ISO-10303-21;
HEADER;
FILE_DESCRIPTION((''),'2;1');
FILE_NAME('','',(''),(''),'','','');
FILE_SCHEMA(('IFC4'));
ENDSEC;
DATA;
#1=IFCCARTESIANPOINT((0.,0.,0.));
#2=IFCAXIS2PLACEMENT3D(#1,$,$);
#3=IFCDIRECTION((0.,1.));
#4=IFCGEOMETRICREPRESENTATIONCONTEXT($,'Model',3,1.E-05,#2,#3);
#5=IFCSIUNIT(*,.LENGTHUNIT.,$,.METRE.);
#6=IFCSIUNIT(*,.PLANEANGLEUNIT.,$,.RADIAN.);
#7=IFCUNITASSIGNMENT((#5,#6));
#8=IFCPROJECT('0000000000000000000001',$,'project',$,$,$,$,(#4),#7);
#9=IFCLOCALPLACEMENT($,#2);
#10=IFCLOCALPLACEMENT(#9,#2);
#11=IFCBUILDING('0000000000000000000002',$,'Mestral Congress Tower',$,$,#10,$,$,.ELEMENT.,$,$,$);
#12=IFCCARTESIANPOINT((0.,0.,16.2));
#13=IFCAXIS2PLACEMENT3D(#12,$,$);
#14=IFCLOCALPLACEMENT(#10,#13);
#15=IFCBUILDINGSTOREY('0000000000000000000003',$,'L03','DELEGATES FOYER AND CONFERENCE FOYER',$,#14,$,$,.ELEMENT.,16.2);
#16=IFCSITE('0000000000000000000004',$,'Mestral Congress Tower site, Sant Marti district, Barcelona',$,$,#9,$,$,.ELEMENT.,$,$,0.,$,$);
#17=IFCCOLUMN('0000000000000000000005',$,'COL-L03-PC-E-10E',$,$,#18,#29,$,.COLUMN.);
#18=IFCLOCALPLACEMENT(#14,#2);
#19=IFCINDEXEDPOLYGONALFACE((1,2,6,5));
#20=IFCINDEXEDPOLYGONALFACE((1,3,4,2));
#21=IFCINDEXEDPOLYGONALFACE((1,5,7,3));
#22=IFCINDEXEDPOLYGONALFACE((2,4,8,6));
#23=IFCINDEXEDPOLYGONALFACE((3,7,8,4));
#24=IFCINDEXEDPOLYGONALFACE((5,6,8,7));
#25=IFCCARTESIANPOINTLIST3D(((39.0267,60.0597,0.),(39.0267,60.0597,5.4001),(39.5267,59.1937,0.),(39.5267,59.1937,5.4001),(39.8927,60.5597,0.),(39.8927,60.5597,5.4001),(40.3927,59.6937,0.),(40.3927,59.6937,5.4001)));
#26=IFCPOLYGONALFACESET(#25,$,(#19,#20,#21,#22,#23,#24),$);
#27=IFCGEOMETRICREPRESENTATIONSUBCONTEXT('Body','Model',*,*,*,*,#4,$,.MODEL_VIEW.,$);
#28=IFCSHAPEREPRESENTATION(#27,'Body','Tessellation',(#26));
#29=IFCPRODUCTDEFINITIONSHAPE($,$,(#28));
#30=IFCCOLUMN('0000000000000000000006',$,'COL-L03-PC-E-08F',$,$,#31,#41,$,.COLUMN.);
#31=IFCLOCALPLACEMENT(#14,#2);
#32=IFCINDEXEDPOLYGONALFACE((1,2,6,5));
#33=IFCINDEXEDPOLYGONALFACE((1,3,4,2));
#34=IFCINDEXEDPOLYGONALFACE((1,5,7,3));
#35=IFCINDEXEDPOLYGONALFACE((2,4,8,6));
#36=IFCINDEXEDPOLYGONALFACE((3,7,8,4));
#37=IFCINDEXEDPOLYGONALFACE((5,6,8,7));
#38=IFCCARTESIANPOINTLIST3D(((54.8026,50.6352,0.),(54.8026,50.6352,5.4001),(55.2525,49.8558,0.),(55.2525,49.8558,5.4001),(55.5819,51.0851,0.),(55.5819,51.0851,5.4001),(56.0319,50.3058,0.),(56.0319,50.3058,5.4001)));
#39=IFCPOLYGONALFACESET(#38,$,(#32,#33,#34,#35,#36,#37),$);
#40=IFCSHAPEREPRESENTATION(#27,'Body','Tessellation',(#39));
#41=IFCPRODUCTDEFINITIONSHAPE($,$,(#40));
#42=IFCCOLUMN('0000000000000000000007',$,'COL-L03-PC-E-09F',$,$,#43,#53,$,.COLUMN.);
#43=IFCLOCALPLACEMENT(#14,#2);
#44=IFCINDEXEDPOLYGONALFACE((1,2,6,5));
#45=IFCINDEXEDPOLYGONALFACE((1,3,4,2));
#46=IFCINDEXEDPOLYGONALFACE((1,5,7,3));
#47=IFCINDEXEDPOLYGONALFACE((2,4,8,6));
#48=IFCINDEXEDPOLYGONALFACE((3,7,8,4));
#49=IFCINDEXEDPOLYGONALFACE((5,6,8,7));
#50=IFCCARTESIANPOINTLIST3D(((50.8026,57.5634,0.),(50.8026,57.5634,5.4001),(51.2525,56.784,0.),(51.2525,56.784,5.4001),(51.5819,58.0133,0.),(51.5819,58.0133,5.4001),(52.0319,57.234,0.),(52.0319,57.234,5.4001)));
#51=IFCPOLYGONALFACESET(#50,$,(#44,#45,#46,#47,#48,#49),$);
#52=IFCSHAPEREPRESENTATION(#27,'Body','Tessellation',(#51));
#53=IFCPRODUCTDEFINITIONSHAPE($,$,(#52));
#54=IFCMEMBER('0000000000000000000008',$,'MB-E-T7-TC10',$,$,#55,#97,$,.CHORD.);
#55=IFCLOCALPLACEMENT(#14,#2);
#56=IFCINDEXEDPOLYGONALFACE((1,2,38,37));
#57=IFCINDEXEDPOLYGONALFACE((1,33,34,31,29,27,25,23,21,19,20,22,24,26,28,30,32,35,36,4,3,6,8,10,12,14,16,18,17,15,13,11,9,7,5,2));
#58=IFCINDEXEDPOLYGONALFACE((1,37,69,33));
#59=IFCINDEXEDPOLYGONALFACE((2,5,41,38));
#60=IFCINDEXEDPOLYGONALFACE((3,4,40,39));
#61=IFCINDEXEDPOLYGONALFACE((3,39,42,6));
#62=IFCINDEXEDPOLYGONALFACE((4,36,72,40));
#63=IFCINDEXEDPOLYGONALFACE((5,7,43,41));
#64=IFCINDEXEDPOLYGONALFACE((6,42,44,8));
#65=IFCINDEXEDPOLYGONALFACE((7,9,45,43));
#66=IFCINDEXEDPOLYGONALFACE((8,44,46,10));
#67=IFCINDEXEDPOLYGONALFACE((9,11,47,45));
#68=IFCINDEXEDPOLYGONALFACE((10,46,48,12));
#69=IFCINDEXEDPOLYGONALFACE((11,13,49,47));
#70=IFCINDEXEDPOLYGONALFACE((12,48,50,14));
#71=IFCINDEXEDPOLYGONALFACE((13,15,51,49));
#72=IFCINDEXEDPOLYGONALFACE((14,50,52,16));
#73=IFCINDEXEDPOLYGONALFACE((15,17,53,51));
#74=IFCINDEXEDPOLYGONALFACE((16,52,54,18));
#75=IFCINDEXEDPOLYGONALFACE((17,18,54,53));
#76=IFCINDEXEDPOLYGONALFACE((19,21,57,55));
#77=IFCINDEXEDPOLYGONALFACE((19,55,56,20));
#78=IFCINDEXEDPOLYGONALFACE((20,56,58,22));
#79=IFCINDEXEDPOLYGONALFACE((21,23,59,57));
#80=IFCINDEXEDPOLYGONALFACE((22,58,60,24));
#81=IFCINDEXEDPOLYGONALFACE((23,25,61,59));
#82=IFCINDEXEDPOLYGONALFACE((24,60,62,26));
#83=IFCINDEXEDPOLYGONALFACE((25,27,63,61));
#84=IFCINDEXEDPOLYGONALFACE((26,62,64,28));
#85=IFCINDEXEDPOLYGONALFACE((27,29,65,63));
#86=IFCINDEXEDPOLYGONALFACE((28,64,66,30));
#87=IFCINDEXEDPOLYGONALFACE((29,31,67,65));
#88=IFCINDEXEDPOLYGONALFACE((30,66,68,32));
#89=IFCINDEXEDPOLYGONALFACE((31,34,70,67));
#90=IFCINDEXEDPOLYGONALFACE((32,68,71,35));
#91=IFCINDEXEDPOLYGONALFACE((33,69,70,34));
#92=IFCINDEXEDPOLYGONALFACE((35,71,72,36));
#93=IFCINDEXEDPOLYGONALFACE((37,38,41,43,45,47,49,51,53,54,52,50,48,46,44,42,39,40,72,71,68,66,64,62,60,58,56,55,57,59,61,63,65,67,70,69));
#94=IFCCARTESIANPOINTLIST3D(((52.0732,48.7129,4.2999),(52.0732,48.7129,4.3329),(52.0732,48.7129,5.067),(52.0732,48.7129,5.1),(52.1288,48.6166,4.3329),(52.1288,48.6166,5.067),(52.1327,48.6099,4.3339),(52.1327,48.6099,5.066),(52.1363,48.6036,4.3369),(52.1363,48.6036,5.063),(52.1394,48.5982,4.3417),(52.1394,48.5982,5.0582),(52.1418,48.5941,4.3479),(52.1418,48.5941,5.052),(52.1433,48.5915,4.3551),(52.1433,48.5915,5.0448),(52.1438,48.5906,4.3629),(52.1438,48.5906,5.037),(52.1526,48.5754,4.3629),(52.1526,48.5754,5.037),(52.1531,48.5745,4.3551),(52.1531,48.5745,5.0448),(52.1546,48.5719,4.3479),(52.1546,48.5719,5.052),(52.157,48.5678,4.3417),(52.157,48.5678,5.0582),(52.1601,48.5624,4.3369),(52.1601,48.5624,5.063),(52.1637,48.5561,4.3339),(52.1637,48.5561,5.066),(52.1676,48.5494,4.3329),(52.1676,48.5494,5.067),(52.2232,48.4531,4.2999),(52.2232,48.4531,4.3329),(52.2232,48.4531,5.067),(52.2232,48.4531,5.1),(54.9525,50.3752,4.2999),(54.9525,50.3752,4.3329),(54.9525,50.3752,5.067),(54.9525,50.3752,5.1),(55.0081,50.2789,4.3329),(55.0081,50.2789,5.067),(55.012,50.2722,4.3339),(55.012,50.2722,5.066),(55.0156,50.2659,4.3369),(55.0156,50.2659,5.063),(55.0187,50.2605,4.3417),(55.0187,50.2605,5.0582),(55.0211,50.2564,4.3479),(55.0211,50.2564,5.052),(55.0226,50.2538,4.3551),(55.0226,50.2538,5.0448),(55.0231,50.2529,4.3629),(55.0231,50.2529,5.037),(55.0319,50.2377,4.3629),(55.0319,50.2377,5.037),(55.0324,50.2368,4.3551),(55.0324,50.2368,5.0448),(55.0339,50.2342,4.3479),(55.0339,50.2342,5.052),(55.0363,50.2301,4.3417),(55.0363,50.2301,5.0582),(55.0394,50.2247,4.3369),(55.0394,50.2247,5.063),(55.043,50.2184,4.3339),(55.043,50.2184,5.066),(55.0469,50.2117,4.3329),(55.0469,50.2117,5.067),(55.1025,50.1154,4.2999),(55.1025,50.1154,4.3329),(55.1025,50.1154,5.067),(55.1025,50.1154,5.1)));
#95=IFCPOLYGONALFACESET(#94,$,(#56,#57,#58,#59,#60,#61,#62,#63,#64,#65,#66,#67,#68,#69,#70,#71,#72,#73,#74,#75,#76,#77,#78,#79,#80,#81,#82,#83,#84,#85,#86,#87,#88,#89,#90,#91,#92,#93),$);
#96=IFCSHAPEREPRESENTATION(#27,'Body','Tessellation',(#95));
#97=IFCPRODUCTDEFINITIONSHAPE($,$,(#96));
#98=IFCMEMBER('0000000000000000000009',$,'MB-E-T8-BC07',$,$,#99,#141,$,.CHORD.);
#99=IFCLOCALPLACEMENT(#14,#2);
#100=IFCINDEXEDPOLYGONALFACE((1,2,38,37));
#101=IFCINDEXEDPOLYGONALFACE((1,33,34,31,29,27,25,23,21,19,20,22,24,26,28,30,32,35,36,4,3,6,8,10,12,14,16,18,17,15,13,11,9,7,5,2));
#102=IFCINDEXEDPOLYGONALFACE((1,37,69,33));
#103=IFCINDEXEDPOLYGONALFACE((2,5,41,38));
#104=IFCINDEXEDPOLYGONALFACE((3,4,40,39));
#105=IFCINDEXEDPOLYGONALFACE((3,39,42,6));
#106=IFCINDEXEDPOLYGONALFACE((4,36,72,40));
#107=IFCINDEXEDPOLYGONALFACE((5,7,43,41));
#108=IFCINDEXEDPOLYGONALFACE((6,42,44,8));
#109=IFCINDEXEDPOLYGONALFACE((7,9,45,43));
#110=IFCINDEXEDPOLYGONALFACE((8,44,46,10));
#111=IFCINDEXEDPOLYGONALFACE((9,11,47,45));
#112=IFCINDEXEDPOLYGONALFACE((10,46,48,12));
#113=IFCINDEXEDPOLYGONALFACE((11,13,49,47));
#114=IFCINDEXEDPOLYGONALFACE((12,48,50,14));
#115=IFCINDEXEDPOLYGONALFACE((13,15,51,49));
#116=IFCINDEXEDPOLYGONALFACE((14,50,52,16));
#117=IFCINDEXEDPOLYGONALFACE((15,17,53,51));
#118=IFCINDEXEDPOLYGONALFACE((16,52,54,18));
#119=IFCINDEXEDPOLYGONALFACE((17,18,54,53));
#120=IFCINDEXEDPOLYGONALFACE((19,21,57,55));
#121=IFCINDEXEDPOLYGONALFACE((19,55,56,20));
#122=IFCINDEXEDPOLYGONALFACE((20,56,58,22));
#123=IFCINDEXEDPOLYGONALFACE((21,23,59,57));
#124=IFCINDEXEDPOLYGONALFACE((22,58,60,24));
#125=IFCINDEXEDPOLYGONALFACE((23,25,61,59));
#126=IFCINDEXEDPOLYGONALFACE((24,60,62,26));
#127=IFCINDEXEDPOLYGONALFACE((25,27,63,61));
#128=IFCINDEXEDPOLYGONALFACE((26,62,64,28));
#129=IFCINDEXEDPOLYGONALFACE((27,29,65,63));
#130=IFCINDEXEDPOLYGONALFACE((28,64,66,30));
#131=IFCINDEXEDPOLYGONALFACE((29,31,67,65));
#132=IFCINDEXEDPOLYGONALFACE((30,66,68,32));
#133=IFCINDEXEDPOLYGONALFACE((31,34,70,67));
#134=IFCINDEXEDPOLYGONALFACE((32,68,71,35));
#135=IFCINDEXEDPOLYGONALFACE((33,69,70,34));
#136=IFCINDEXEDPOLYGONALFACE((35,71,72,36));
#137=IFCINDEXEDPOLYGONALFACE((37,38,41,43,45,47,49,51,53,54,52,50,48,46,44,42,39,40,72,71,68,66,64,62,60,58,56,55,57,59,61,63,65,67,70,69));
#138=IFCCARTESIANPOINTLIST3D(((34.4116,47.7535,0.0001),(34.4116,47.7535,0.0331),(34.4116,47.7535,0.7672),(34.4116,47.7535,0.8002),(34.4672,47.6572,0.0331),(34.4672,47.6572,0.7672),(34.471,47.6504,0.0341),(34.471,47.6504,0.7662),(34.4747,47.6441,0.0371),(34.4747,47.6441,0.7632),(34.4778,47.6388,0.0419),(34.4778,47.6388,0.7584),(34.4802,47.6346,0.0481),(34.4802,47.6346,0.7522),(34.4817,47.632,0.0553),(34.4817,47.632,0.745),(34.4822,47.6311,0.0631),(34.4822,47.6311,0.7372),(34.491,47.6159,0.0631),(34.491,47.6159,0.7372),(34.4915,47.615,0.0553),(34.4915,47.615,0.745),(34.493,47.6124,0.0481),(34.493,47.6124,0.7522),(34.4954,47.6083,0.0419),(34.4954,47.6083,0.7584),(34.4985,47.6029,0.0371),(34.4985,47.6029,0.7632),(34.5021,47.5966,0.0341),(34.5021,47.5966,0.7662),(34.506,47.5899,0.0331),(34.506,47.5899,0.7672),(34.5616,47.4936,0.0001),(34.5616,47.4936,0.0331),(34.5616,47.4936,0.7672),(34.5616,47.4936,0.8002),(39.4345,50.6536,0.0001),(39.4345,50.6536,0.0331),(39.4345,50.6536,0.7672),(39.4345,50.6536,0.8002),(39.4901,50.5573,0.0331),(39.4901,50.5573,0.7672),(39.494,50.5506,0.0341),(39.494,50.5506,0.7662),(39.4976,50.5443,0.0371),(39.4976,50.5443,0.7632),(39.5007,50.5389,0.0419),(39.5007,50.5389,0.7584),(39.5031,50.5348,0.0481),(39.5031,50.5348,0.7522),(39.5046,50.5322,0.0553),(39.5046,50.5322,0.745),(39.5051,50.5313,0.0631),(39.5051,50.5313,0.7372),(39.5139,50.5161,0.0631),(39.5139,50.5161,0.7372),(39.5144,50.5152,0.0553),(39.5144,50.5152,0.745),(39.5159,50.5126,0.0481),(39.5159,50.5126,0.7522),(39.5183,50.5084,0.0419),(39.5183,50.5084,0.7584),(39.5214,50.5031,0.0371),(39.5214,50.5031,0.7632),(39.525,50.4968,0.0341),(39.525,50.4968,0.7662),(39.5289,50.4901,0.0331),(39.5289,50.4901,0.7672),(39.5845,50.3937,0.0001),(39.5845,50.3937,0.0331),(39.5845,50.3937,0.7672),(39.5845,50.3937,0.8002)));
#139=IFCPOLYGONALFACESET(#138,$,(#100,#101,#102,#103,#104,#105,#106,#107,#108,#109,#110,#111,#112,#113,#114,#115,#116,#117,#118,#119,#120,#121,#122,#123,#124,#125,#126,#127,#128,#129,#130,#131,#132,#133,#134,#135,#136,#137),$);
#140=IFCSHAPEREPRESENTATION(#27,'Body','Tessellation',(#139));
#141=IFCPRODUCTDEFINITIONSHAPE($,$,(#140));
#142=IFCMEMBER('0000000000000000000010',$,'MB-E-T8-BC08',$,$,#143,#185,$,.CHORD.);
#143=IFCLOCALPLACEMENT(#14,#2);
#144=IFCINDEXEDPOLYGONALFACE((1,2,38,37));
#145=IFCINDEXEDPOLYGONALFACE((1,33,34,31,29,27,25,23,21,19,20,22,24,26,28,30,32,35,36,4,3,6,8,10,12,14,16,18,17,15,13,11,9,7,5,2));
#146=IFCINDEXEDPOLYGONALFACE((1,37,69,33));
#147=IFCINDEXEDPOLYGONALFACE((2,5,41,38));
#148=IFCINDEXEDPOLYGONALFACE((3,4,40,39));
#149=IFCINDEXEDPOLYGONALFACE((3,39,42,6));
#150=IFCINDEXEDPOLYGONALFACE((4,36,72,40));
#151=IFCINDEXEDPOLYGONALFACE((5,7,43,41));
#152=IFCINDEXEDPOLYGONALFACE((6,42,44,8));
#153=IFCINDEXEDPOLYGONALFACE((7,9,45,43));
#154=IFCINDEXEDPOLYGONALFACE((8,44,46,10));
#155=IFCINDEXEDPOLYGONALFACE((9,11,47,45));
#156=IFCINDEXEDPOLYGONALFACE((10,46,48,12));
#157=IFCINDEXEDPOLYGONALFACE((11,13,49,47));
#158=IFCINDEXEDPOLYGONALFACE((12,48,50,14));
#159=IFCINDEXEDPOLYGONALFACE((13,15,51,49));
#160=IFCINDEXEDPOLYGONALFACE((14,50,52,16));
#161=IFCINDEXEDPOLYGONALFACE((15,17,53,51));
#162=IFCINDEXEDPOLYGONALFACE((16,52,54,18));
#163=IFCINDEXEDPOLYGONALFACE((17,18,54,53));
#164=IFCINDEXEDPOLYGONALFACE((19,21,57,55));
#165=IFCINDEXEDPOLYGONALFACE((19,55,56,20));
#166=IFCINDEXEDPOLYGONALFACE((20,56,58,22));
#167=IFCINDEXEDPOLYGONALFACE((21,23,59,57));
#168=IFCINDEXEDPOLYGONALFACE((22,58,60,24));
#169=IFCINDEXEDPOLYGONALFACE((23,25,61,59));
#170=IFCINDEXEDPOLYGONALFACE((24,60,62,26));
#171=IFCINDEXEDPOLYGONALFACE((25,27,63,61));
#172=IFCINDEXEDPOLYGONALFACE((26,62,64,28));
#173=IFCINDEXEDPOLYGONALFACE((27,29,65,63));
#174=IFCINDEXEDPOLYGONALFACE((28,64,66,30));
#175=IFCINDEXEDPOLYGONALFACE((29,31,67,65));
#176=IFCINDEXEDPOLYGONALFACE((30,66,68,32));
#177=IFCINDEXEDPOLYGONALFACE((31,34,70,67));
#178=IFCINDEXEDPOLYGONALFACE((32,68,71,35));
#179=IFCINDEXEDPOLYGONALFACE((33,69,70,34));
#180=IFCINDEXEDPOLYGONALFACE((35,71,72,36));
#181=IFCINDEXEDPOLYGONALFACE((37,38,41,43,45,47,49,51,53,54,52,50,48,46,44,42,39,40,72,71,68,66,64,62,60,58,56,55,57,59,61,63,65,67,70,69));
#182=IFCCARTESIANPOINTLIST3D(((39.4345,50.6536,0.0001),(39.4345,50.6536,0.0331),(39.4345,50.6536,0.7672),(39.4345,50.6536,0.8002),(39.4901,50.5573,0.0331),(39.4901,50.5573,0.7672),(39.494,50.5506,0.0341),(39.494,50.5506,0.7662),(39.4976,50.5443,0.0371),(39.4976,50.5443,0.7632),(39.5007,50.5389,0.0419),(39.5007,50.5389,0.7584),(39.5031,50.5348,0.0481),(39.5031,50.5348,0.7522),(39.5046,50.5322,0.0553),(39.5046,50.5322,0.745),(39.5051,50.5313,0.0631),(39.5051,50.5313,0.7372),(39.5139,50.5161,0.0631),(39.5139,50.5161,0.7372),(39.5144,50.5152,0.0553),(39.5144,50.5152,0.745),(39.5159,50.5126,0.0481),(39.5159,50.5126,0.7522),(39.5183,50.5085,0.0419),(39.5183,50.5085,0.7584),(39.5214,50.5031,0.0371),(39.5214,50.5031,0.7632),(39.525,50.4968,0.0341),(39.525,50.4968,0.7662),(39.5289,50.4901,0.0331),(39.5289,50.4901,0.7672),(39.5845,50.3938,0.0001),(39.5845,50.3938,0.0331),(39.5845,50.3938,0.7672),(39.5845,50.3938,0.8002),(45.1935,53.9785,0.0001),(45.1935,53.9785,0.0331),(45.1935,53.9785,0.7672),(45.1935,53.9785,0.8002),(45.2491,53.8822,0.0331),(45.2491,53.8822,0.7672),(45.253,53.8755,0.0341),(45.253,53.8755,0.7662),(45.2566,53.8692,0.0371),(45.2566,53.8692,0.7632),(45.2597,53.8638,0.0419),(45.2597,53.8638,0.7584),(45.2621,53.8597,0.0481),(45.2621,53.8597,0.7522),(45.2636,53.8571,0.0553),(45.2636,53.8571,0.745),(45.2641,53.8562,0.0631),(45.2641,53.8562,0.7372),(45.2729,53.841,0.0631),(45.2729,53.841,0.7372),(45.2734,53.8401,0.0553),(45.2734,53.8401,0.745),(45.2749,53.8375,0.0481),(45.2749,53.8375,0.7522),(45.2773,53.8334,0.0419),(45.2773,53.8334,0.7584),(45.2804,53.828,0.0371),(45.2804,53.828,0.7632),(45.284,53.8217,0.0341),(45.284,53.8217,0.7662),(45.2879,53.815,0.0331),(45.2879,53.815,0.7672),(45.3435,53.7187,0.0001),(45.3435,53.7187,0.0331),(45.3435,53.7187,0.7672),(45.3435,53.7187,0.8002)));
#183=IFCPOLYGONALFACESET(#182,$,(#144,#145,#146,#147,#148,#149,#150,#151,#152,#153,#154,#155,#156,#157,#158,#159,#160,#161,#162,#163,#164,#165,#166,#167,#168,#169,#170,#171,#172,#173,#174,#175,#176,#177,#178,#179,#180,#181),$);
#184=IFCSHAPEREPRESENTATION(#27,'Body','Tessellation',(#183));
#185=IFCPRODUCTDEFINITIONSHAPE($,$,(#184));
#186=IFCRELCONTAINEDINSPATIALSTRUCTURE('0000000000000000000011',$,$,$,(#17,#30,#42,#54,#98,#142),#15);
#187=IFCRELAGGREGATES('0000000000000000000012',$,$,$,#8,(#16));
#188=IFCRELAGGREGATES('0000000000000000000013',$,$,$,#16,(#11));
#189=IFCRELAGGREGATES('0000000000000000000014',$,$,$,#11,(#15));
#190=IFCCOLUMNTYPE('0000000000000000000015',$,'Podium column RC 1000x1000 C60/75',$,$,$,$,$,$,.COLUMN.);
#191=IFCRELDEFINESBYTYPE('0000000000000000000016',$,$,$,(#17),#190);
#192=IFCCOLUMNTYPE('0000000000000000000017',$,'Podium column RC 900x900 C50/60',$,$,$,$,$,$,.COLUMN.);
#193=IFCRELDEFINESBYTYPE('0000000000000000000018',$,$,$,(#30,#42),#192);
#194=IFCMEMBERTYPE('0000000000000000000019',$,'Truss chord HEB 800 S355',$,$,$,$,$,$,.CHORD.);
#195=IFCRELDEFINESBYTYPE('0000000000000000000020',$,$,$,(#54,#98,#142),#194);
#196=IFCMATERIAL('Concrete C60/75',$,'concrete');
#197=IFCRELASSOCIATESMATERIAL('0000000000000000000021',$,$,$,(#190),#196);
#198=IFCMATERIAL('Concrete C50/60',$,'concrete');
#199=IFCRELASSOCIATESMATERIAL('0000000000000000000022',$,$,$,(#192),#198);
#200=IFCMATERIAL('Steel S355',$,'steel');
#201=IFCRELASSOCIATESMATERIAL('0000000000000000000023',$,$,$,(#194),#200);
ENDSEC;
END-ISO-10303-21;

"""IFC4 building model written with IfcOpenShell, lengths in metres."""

from ifc_helpers import new_model, si_unit, direction, frame, origin, origin_2d, place, context, subcontext, project, spatial, rectangle, i_section, extrude, material, material_profile, profile_set, type_object, element, save


model = new_model("IFC4")

# Units and contexts
model_context = context("Model", 3, precision=1e-05, world=origin(), true_north=direction((0.0, 1.0)))
body_context = subcontext(model_context, "Body", "Model", "MODEL_VIEW")
ifc_project = project(units=[si_unit("LENGTHUNIT", "METRE"), si_unit("PLANEANGLEUNIT", "RADIAN")], contexts=[model_context])

# Site, building, storey
site_placement = place(None, origin())
site = spatial("IfcSite", under=ifc_project, at=site_placement, Name="Mestral Congress Tower site, Sant Marti district, Barcelona", CompositionType="ELEMENT", RefElevation=0.0)
building_placement = place(site_placement, origin())
building = spatial("IfcBuilding", under=site, at=building_placement, Name="Mestral Congress Tower", CompositionType="ELEMENT")
storey_placement = place(building_placement, frame((0.0, 0.0, 16.2)))
storey = spatial("IfcBuildingStorey", under=building, at=storey_placement, Name="L03", Description="DELEGATES FOYER AND CONFERENCE FOYER", CompositionType="ELEMENT", Elevation=16.2)

# Columns
ifc_material_1 = material(Name="Concrete C60/75", Category="concrete")
ifc_material_profile_1 = material_profile(ifc_material_1, rectangle(XDim=1.0, YDim=1.0, at=origin_2d()), Name="RC 1000x1000")
ifc_profile_set_1 = profile_set([ifc_material_profile_1], Name="Concrete C60/75")
column_type_1 = type_object("IfcColumnType", Name="Podium column RC 1000x1000 C60/75", PredefinedType="COLUMN", material=ifc_profile_set_1)
column_placement = place(storey_placement, frame((39.7097, 59.8767, 0.0), z_axis=(0.0, 0.0, 1.0), x_axis=(-0.5, 0.866025, 0.0)))
element("IfcColumn", 1, at=column_placement, inside=storey, type_object=column_type_1, Name="COL-L03-PC-E-10E", PredefinedType="COLUMN", context=body_context, shape_type="SweptSolid", body=[
    extrude(rectangle(XDim=1.0, YDim=1.0, at=origin_2d()), origin(), (0.0, 0.0, 1.0), 5.4001),
])
ifc_material_2 = material(Name="Concrete C50/60", Category="concrete")
ifc_material_profile_2 = material_profile(ifc_material_2, rectangle(XDim=0.8999, YDim=0.8999, at=origin_2d()), Name="RC 900x900")
ifc_profile_set_2 = profile_set([ifc_material_profile_2], Name="Concrete C50/60")
column_type_2 = type_object("IfcColumnType", Name="Podium column RC 900x900 C50/60", PredefinedType="COLUMN", material=ifc_profile_set_2)
for number, where, z_axis, x_axis, name in (
    (2, (55.4172, 50.4705, 0.0), (0.0, 0.0, 1.0), (-0.5, 0.866025, 0.0), "COL-L03-PC-E-08F"),
    (3, (51.4172, 57.3987, 0.0), (0.0, 0.0, 1.0), (-0.5, 0.866025, 0.0), "COL-L03-PC-E-09F"),
):
    element("IfcColumn", number, at=place(storey_placement, frame(where, z_axis=z_axis, x_axis=x_axis)), inside=storey, type_object=column_type_2, Name=name, PredefinedType="COLUMN", context=body_context, shape_type="SweptSolid", body=[
        extrude(rectangle(XDim=0.8999, YDim=0.8999, at=origin_2d()), origin(), (0.0, 0.0, 1.0), 5.4001),
    ])

# Members
ifc_material_3 = material(Name="Steel S355", Category="steel")
ifc_material_profile_3 = material_profile(ifc_material_3, i_section(OverallWidth=0.3, OverallDepth=0.8, WebThickness=0.0176, FlangeThickness=0.033, FilletRadius=0.03, at=origin_2d()), Name="HEB 800")
ifc_profile_set_3 = profile_set([ifc_material_profile_3], Name="Steel S355")
member_type_1 = type_object("IfcMemberType", Name="Truss chord HEB 800 S355", PredefinedType="CHORD", material=ifc_profile_set_3)
member_1_placement = place(storey_placement, frame((52.1482, 48.583, 4.7), z_axis=(0.866034, 0.499985, 0.0), x_axis=(-0.499985, 0.866034, 0.0)))
element("IfcMember", 4, at=member_1_placement, inside=storey, type_object=member_type_1, Name="MB-E-T7-TC10", PredefinedType="CHORD", context=body_context, shape_type="SweptSolid", body=[
    extrude(i_section(OverallWidth=0.3, OverallDepth=0.8, WebThickness=0.0176, FlangeThickness=0.033, FilletRadius=0.03, at=origin_2d()), origin(), (0.0, 0.0, 1.0), 3.3247),
])
member_2_placement = place(storey_placement, frame((34.4866, 47.6235, 0.4001), z_axis=(0.866015, 0.500019, 0.0), x_axis=(-0.500019, 0.866015, 0.0)))
element("IfcMember", 5, at=member_2_placement, inside=storey, type_object=member_type_1, Name="MB-E-T8-BC07", PredefinedType="CHORD", context=body_context, shape_type="SweptSolid", body=[
    extrude(i_section(OverallWidth=0.3, OverallDepth=0.8, WebThickness=0.0176, FlangeThickness=0.033, FilletRadius=0.03, at=origin_2d()), origin(), (0.0, 0.0, 1.0), 5.8),
])
for number, where, z_axis, x_axis, name in (
    (6, (39.5095, 50.5237, 0.4001), (0.866027, 0.499997, 0.0), (-0.499997, 0.866027, 0.0), "MB-E-T8-BC08"),
):
    element("IfcMember", number, at=place(storey_placement, frame(where, z_axis=z_axis, x_axis=x_axis)), inside=storey, type_object=member_type_1, Name=name, PredefinedType="CHORD", context=body_context, shape_type="SweptSolid", body=[
        extrude(i_section(OverallWidth=0.3, OverallDepth=0.8, WebThickness=0.0176, FlangeThickness=0.033, FilletRadius=0.03, at=origin_2d()), origin(), (0.0, 0.0, 1.0), 6.6499),
    ])

save(model, "model.ifc")
